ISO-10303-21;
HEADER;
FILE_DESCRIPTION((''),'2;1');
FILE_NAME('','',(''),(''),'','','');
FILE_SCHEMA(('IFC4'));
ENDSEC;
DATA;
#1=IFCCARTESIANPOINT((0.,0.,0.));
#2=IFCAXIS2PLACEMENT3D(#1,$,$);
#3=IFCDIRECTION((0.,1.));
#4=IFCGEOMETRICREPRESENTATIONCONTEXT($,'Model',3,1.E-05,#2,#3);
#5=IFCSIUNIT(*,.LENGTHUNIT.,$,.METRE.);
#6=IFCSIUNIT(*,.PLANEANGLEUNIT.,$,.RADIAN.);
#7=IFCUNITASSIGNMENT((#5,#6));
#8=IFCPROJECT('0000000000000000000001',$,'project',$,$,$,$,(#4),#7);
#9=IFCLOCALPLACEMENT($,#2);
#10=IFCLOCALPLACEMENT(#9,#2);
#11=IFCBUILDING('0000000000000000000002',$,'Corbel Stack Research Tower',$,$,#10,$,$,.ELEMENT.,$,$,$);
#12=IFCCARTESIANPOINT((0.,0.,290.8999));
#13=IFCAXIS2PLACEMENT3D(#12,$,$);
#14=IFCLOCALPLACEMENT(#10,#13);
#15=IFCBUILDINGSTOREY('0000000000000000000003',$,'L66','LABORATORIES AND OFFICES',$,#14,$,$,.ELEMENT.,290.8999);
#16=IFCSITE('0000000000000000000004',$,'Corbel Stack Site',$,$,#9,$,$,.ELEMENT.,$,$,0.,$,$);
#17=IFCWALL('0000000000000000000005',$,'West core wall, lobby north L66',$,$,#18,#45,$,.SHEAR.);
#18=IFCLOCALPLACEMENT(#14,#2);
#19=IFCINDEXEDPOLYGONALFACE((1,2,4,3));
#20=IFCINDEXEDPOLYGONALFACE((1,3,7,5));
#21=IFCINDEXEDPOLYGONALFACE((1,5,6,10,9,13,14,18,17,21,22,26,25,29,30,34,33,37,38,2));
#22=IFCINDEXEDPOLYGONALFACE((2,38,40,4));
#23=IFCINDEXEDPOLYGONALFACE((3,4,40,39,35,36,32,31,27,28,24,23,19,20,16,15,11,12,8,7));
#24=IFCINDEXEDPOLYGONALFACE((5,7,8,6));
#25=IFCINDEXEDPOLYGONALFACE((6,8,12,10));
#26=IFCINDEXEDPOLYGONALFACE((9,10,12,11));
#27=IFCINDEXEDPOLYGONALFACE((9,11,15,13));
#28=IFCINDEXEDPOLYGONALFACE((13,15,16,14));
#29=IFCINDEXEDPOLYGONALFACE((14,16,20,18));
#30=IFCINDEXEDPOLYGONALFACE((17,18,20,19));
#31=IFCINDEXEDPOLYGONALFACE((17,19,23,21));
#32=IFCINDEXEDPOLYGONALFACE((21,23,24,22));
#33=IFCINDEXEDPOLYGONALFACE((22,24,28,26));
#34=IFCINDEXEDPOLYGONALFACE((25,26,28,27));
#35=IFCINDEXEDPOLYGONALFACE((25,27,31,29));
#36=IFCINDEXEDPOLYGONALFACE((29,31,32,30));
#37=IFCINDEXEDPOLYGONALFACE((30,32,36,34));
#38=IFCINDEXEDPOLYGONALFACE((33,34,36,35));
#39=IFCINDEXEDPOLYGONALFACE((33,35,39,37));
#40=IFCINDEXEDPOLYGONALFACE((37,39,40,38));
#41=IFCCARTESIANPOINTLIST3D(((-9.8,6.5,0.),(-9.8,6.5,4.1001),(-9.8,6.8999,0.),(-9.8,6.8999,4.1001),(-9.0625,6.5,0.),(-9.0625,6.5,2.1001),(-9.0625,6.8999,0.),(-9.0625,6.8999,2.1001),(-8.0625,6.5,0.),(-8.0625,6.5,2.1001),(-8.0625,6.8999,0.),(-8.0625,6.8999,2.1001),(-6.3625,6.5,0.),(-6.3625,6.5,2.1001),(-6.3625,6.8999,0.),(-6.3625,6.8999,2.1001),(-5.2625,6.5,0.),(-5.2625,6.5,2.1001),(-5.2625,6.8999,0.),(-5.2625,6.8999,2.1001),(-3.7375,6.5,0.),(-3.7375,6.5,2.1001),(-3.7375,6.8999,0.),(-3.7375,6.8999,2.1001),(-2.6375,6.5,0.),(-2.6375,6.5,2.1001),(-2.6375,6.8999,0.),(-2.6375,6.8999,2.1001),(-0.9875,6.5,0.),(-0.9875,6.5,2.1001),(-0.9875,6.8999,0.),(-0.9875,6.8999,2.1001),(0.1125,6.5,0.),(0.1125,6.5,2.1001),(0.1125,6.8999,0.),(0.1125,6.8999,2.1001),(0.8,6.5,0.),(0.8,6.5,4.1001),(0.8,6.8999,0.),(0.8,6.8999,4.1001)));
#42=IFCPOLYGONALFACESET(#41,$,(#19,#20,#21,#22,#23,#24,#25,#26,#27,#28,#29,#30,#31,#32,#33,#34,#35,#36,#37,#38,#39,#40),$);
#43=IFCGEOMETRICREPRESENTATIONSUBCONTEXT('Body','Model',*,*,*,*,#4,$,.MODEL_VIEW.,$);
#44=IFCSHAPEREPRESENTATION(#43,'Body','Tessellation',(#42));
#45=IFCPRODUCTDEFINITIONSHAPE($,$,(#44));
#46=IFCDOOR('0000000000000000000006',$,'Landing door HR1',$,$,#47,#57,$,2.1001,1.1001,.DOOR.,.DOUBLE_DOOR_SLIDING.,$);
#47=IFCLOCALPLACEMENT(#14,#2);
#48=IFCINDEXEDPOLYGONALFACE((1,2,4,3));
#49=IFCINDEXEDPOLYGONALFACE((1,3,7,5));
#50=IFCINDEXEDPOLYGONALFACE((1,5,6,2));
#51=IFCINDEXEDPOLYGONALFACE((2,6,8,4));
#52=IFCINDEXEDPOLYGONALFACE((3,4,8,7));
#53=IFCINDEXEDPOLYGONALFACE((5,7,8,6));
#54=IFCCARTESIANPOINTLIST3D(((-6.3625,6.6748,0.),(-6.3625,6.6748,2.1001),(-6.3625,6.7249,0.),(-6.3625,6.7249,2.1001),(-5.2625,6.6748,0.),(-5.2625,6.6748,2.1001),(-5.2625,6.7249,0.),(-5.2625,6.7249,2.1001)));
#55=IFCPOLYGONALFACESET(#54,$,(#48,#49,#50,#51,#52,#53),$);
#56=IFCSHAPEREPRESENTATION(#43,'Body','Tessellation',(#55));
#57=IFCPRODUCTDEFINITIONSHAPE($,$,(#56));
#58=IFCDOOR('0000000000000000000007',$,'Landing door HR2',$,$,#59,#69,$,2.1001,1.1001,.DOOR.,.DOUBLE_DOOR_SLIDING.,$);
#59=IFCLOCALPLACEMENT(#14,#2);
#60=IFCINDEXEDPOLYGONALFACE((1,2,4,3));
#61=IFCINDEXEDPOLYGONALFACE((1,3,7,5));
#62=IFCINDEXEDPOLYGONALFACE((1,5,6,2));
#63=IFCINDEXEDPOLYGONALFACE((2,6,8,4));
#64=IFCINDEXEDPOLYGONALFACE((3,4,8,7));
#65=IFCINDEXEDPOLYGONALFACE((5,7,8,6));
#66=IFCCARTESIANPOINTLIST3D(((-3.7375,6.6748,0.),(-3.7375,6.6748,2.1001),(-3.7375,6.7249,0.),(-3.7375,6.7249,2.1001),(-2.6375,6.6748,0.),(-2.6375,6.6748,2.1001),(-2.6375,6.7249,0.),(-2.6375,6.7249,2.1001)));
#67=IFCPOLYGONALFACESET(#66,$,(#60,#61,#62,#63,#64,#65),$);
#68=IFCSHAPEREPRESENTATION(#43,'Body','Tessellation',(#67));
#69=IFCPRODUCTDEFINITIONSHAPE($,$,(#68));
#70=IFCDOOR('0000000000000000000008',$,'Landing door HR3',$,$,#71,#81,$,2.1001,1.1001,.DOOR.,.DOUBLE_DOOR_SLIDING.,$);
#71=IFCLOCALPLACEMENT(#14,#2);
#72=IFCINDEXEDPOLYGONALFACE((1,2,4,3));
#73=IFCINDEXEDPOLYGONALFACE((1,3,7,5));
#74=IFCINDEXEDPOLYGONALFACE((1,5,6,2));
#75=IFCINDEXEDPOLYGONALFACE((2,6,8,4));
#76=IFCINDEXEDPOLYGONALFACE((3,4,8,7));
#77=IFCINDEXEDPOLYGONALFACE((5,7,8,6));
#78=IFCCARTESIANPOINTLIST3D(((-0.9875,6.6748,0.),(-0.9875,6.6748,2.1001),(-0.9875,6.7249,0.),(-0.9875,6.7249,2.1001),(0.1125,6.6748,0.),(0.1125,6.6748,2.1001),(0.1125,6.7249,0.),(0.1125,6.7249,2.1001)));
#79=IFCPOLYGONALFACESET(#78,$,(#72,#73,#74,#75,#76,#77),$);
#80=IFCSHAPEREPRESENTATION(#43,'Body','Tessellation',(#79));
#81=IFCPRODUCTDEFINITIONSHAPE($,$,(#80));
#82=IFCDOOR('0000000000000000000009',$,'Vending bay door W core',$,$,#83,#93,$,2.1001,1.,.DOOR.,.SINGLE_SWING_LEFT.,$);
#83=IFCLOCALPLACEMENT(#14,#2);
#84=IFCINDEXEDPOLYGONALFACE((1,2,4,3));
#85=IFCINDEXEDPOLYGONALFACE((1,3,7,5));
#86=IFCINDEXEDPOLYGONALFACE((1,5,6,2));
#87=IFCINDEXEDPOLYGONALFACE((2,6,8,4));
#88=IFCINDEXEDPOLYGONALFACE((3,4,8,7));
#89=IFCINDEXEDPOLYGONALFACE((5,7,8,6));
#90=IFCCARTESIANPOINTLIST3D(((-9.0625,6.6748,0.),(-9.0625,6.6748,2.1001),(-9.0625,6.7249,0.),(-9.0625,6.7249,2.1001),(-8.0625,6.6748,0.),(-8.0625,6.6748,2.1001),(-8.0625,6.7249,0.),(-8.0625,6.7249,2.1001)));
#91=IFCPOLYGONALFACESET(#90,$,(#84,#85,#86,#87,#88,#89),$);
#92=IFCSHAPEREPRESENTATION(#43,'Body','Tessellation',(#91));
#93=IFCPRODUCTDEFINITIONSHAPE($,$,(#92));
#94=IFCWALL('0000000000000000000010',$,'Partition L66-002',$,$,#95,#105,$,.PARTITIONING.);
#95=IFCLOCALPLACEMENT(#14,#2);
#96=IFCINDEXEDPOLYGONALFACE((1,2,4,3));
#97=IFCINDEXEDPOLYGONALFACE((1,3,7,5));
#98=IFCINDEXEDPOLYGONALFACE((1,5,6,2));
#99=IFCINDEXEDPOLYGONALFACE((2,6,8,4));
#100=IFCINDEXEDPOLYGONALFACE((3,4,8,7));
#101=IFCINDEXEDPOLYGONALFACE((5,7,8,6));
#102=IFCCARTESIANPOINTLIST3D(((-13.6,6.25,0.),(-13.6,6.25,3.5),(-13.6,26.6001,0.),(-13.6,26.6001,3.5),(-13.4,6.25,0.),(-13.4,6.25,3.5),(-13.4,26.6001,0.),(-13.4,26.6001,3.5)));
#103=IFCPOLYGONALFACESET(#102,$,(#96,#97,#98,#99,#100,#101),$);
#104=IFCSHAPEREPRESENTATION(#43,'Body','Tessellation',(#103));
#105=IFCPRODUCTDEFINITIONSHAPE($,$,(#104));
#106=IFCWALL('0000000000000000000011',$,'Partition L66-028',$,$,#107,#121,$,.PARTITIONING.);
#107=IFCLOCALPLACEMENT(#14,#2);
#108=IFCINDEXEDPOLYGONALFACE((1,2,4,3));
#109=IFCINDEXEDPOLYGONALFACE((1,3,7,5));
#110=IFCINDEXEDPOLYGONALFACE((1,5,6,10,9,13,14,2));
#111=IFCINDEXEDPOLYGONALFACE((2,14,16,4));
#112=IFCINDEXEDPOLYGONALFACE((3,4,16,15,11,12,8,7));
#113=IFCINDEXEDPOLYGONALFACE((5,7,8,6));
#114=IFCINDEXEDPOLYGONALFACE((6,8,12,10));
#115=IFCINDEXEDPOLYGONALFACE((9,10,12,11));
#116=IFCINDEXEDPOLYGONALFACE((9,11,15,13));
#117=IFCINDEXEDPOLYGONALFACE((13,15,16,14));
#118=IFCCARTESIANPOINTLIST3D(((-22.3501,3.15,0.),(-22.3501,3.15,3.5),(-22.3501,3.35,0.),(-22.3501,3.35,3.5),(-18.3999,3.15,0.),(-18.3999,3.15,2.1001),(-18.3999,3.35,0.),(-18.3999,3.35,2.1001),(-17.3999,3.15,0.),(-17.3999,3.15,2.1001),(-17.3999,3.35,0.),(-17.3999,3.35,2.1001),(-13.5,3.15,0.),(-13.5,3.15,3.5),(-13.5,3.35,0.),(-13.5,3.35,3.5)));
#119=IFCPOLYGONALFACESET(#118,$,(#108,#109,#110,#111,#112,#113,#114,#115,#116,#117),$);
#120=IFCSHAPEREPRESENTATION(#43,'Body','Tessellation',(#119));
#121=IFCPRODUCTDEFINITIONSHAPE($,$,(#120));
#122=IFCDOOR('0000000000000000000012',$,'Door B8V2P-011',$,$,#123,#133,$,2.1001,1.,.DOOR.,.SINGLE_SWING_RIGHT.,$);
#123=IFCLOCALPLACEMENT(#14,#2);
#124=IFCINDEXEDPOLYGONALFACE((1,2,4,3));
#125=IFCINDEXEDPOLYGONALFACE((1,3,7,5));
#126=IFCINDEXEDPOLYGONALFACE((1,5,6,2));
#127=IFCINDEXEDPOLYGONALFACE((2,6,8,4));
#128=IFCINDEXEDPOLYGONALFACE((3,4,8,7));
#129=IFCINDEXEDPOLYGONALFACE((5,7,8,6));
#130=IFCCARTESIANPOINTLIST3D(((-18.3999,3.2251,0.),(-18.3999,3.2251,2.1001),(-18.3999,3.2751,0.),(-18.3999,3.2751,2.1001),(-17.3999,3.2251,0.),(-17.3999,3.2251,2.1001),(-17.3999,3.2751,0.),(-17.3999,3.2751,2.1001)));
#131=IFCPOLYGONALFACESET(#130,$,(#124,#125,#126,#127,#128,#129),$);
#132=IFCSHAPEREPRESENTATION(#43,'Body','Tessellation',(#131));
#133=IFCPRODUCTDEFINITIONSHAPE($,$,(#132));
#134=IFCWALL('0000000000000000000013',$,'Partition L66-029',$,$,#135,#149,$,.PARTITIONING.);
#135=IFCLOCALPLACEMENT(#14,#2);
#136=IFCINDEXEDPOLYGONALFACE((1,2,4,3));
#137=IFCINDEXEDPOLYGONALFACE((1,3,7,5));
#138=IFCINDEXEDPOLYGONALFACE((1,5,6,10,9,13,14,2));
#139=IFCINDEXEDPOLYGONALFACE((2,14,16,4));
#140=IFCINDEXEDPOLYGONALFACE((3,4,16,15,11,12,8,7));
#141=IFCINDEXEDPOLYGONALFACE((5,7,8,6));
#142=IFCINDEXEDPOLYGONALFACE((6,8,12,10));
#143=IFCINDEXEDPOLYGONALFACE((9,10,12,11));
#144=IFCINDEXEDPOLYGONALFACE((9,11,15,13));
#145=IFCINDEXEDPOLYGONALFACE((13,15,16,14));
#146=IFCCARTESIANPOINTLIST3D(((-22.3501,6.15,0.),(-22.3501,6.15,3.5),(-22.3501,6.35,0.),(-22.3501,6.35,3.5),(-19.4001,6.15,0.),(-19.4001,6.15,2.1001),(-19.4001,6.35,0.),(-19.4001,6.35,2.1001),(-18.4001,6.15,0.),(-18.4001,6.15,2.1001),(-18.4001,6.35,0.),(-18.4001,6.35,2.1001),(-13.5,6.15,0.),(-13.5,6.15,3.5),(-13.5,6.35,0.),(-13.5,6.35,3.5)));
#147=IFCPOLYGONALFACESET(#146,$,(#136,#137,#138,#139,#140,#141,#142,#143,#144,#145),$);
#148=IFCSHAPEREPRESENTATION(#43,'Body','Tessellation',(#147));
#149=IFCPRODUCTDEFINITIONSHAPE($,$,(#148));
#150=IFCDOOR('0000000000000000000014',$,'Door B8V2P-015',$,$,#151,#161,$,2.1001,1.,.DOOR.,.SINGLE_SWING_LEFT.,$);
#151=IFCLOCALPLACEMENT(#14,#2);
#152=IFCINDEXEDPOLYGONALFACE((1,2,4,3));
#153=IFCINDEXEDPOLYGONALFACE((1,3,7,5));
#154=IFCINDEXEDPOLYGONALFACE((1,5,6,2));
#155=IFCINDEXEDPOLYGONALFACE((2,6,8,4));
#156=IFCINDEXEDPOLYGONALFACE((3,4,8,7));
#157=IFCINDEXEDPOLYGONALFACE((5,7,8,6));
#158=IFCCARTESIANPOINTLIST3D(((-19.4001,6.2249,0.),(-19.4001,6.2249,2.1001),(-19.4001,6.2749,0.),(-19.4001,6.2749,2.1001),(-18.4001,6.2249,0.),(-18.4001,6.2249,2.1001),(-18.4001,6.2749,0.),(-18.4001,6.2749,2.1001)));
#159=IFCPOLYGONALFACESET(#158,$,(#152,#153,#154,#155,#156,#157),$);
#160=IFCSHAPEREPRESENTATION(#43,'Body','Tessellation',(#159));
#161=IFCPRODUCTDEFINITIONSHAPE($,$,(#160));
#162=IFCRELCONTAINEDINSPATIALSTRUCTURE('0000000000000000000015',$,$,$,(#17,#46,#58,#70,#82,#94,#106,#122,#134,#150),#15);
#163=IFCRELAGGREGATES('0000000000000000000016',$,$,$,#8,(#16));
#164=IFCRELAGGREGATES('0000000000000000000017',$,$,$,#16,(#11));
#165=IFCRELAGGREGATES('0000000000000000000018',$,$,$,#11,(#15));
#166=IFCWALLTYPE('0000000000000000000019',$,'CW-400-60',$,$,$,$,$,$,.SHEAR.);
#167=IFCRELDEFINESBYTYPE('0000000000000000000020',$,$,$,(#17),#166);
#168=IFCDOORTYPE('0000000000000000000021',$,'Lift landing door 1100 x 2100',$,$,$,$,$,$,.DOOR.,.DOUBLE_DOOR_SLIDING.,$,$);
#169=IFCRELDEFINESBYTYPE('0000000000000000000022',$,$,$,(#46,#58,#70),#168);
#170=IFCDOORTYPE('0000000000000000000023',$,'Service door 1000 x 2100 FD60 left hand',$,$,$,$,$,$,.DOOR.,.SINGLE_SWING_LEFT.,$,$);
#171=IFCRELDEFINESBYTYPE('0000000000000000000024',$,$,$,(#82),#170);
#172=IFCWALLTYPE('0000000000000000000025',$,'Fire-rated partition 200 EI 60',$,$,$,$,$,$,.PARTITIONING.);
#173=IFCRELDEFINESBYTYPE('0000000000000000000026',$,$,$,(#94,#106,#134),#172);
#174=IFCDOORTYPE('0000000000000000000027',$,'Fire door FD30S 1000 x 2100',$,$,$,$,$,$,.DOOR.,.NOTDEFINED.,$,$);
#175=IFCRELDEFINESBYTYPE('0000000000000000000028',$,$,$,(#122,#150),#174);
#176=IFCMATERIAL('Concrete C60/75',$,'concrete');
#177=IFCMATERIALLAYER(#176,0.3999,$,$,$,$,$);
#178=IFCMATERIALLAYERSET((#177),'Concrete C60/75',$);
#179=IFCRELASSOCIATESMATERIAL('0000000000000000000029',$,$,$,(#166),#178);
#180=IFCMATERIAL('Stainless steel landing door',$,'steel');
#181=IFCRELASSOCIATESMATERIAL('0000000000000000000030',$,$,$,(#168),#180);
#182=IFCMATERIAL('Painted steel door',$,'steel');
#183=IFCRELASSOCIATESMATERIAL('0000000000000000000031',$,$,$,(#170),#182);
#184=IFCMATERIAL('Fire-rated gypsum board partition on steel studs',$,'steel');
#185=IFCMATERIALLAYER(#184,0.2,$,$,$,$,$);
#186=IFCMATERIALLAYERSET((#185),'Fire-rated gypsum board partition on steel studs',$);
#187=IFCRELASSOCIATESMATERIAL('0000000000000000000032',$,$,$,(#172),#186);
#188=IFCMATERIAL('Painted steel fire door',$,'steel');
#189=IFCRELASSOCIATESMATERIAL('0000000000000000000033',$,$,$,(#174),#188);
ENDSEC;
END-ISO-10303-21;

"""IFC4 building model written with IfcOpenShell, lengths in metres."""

from ifc_helpers import new_model, si_unit, direction, frame, frame_2d, origin, place, context, subcontext, project, spatial, rectangle, extrude, material, layer, layer_set, type_object, element, fill, save


model = new_model("IFC4")

# Units and contexts
model_context = context("Model", 3, precision=1e-05, world=origin(), true_north=direction((0.0, 1.0)))
body_context = subcontext(model_context, "Body", "Model", "MODEL_VIEW")
ifc_project = project(units=[si_unit("LENGTHUNIT", "METRE"), si_unit("PLANEANGLEUNIT", "RADIAN")], contexts=[model_context])

# Site, building, storey
site_placement = place(None, origin())
site = spatial("IfcSite", under=ifc_project, at=site_placement, Name="Corbel Stack Site", CompositionType="ELEMENT", RefElevation=0.0)
building_placement = place(site_placement, origin())
building = spatial("IfcBuilding", under=site, at=building_placement, Name="Corbel Stack Research Tower", CompositionType="ELEMENT")
storey_placement = place(building_placement, frame((0.0, 0.0, 290.8999)))
storey = spatial("IfcBuildingStorey", under=building, at=storey_placement, Name="L66", Description="LABORATORIES AND OFFICES", CompositionType="ELEMENT", Elevation=290.8999)

# Wall, openings, doors
ifc_material_1 = material(Name="Concrete C60/75", Category="concrete")
ifc_layer_1 = layer(ifc_material_1, 0.3999)
ifc_layer_set_1 = layer_set([ifc_layer_1], Name="Concrete C60/75")
wall_type_1 = type_object("IfcWallType", Name="CW-400-60", PredefinedType="SHEAR", material=ifc_layer_set_1)
ifc_material_2 = material(Name="Stainless steel landing door", Category="steel")
door_type_1 = type_object("IfcDoorType", Name="Lift landing door 1100 x 2100", OperationType="DOUBLE_DOOR_SLIDING", PredefinedType="DOOR", material=ifc_material_2)
ifc_material_3 = material(Name="Painted steel door", Category="steel")
door_type_2 = type_object("IfcDoorType", Name="Service door 1000 x 2100 FD60 left hand", OperationType="SINGLE_SWING_LEFT", PredefinedType="DOOR", material=ifc_material_3)
wall_1_placement = place(storey_placement, frame((-9.8, 6.7, 0.0), z_axis=(0.0, 0.0, 1.0), x_axis=(1.0, 0.0, 0.0)))
wall_1 = element("IfcWall", 1, at=wall_1_placement, inside=storey, type_object=wall_type_1, Name="West core wall, lobby north L66", PredefinedType="SHEAR", context=body_context, shape_type="SweptSolid", body=[
    extrude(rectangle(XDim=10.6001, YDim=0.3999, at=frame_2d((5.3, 0.0))), origin(), (0.0, 0.0, 1.0), 4.1001),
])
opening_1_placement = place(wall_1_placement, frame((3.4375, 0.0, 0.0)))
opening_1 = element("IfcOpeningElement", 2, at=opening_1_placement, cuts=wall_1, PredefinedType="OPENING", context=body_context, shape_type="SweptSolid", body=[
    extrude(rectangle(XDim=1.1001, YDim=2.1001, at=frame_2d((0.55, 1.05))), frame((0.0, 0.21, 0.0), z_axis=(0.0, -1.0, 0.0), x_axis=(1.0, 0.0, 0.0)), (0.0, 0.0, 1.0), 0.4199),
])
opening_2_placement = place(wall_1_placement, frame((6.0625, 0.0, 0.0)))
opening_2 = element("IfcOpeningElement", 3, at=opening_2_placement, cuts=wall_1, PredefinedType="OPENING", context=body_context, shape_type="SweptSolid", body=[
    extrude(rectangle(XDim=1.1001, YDim=2.1001, at=frame_2d((0.55, 1.05))), frame((0.0, 0.21, 0.0), z_axis=(0.0, -1.0, 0.0), x_axis=(1.0, 0.0, 0.0)), (0.0, 0.0, 1.0), 0.4199),
])
opening_3_placement = place(wall_1_placement, frame((8.8125, 0.0, 0.0)))
opening_3 = element("IfcOpeningElement", 4, at=opening_3_placement, cuts=wall_1, PredefinedType="OPENING", context=body_context, shape_type="SweptSolid", body=[
    extrude(rectangle(XDim=1.1001, YDim=2.1001, at=frame_2d((0.55, 1.05))), frame((0.0, 0.21, 0.0), z_axis=(0.0, -1.0, 0.0), x_axis=(1.0, 0.0, 0.0)), (0.0, 0.0, 1.0), 0.4199),
])
opening_4_placement = place(wall_1_placement, frame((0.7375, 0.0, 0.0)))
opening_4 = element("IfcOpeningElement", 5, at=opening_4_placement, cuts=wall_1, PredefinedType="OPENING", context=body_context, shape_type="SweptSolid", body=[
    extrude(rectangle(XDim=1.0, YDim=2.1001, at=frame_2d((0.5, 1.05))), frame((0.0, 0.21, 0.0), z_axis=(0.0, -1.0, 0.0), x_axis=(1.0, 0.0, 0.0)), (0.0, 0.0, 1.0), 0.4199),
])
door_1_placement = place(opening_1_placement, origin())
door_1 = element("IfcDoor", 6, at=door_1_placement, inside=storey, type_object=door_type_1, Name="Landing door HR1", OperationType="DOUBLE_DOOR_SLIDING", OverallHeight=2.1001, OverallWidth=1.1001, PredefinedType="DOOR", context=body_context, shape_type="SweptSolid", body=[
    extrude(rectangle(XDim=1.1001, YDim=2.1001, at=frame_2d((0.55, 1.05))), frame((0.0, 0.0249, 0.0), z_axis=(0.0, -1.0, 0.0), x_axis=(1.0, 0.0, 0.0)), (0.0, 0.0, 1.0), 0.05),
])
fill(opening_1, door_1)
door_2_placement = place(opening_2_placement, origin())
door_2 = element("IfcDoor", 7, at=door_2_placement, inside=storey, type_object=door_type_1, Name="Landing door HR2", OperationType="DOUBLE_DOOR_SLIDING", OverallHeight=2.1001, OverallWidth=1.1001, PredefinedType="DOOR", context=body_context, shape_type="SweptSolid", body=[
    extrude(rectangle(XDim=1.1001, YDim=2.1001, at=frame_2d((0.55, 1.05))), frame((0.0, 0.0249, 0.0), z_axis=(0.0, -1.0, 0.0), x_axis=(1.0, 0.0, 0.0)), (0.0, 0.0, 1.0), 0.05),
])
fill(opening_2, door_2)
door_3_placement = place(opening_3_placement, origin())
door_3 = element("IfcDoor", 8, at=door_3_placement, inside=storey, type_object=door_type_1, Name="Landing door HR3", OperationType="DOUBLE_DOOR_SLIDING", OverallHeight=2.1001, OverallWidth=1.1001, PredefinedType="DOOR", context=body_context, shape_type="SweptSolid", body=[
    extrude(rectangle(XDim=1.1001, YDim=2.1001, at=frame_2d((0.55, 1.05))), frame((0.0, 0.0249, 0.0), z_axis=(0.0, -1.0, 0.0), x_axis=(1.0, 0.0, 0.0)), (0.0, 0.0, 1.0), 0.05),
])
fill(opening_3, door_3)
door_4_placement = place(opening_4_placement, origin())
door_4 = element("IfcDoor", 9, at=door_4_placement, inside=storey, type_object=door_type_2, Name="Vending bay door W core", OperationType="SINGLE_SWING_LEFT", OverallHeight=2.1001, OverallWidth=1.0, PredefinedType="DOOR", context=body_context, shape_type="SweptSolid", body=[
    extrude(rectangle(XDim=1.0, YDim=2.1001, at=frame_2d((0.5, 1.05))), frame((0.0, 0.0249, 0.0), z_axis=(0.0, -1.0, 0.0), x_axis=(1.0, 0.0, 0.0)), (0.0, 0.0, 1.0), 0.05),
])
fill(opening_4, door_4)

# Wall
ifc_material_4 = material(Name="Fire-rated gypsum board partition on steel studs", Category="steel")
ifc_layer_2 = layer(ifc_material_4, 0.2)
ifc_layer_set_2 = layer_set([ifc_layer_2], Name="Fire-rated gypsum board partition on steel studs")
wall_type_2 = type_object("IfcWallType", Name="Fire-rated partition 200 EI 60", PredefinedType="PARTITIONING", material=ifc_layer_set_2)
wall_2_placement = place(storey_placement, frame((-13.5, 6.25, 0.0), z_axis=(0.0, 0.0, 1.0), x_axis=(0.0, 1.0, 0.0)))
element("IfcWall", 10, at=wall_2_placement, inside=storey, type_object=wall_type_2, Name="Partition L66-002", PredefinedType="PARTITIONING", context=body_context, shape_type="SweptSolid", body=[
    extrude(rectangle(XDim=20.3501, YDim=0.2, at=frame_2d((10.175, 0.0))), origin(), (0.0, 0.0, 1.0), 3.5),
])

# Walls, openings, doors
wall_3_placement = place(storey_placement, frame((-13.5, 3.25, 0.0), z_axis=(0.0, 0.0, 1.0), x_axis=(-1.0, 0.0, 0.0)))
wall_3 = element("IfcWall", 11, at=wall_3_placement, inside=storey, type_object=wall_type_2, Name="Partition L66-028", PredefinedType="PARTITIONING", context=body_context, shape_type="SweptSolid", body=[
    extrude(rectangle(XDim=8.8501, YDim=0.2, at=frame_2d((4.425, 0.0))), origin(), (0.0, 0.0, 1.0), 3.5),
])
opening_5_placement = place(wall_3_placement, frame((3.8999, 0.0, 0.0)))
opening_5 = element("IfcOpeningElement", 12, at=opening_5_placement, cuts=wall_3, PredefinedType="OPENING", context=body_context, shape_type="SweptSolid", body=[
    extrude(rectangle(XDim=1.0, YDim=2.1001, at=frame_2d((0.5, 1.05))), frame((0.0, 0.1099, 0.0), z_axis=(0.0, -1.0, 0.0), x_axis=(1.0, 0.0, 0.0)), (0.0, 0.0, 1.0), 0.22),
])
ifc_material_5 = material(Name="Painted steel fire door", Category="steel")
door_type_3 = type_object("IfcDoorType", Name="Fire door FD30S 1000 x 2100", OperationType="NOTDEFINED", PredefinedType="DOOR", material=ifc_material_5)
door_5_placement = place(opening_5_placement, origin())
door_5 = element("IfcDoor", 13, at=door_5_placement, inside=storey, type_object=door_type_3, Name="Door B8V2P-011", OperationType="SINGLE_SWING_RIGHT", OverallHeight=2.1001, OverallWidth=1.0, PredefinedType="DOOR", context=body_context, shape_type="SweptSolid", body=[
    extrude(rectangle(XDim=1.0, YDim=2.1001, at=frame_2d((0.5, 1.05))), frame((0.0, 0.0249, 0.0), z_axis=(0.0, -1.0, 0.0), x_axis=(1.0, 0.0, 0.0)), (0.0, 0.0, 1.0), 0.05),
])
fill(opening_5, door_5)
wall_4_placement = place(storey_placement, frame((-22.3501, 6.25, 0.0), z_axis=(0.0, 0.0, 1.0), x_axis=(1.0, 0.0, 0.0)))
wall_4 = element("IfcWall", 14, at=wall_4_placement, inside=storey, type_object=wall_type_2, Name="Partition L66-029", PredefinedType="PARTITIONING", context=body_context, shape_type="SweptSolid", body=[
    extrude(rectangle(XDim=8.8501, YDim=0.2, at=frame_2d((4.425, 0.0))), origin(), (0.0, 0.0, 1.0), 3.5),
])
opening_6_placement = place(wall_4_placement, frame((2.95, 0.0, 0.0)))
opening_6 = element("IfcOpeningElement", 15, at=opening_6_placement, cuts=wall_4, PredefinedType="OPENING", context=body_context, shape_type="SweptSolid", body=[
    extrude(rectangle(XDim=1.0, YDim=2.1001, at=frame_2d((0.5, 1.05))), frame((0.0, 0.1099, 0.0), z_axis=(0.0, -1.0, 0.0), x_axis=(1.0, 0.0, 0.0)), (0.0, 0.0, 1.0), 0.22),
])
door_6_placement = place(opening_6_placement, origin())
door_6 = element("IfcDoor", 16, at=door_6_placement, inside=storey, type_object=door_type_3, Name="Door B8V2P-015", OperationType="SINGLE_SWING_LEFT", OverallHeight=2.1001, OverallWidth=1.0, PredefinedType="DOOR", context=body_context, shape_type="SweptSolid", body=[
    extrude(rectangle(XDim=1.0, YDim=2.1001, at=frame_2d((0.5, 1.05))), frame((0.0, 0.0249, 0.0), z_axis=(0.0, -1.0, 0.0), x_axis=(1.0, 0.0, 0.0)), (0.0, 0.0, 1.0), 0.05),
])
fill(opening_6, door_6)

save(model, "model.ifc")
